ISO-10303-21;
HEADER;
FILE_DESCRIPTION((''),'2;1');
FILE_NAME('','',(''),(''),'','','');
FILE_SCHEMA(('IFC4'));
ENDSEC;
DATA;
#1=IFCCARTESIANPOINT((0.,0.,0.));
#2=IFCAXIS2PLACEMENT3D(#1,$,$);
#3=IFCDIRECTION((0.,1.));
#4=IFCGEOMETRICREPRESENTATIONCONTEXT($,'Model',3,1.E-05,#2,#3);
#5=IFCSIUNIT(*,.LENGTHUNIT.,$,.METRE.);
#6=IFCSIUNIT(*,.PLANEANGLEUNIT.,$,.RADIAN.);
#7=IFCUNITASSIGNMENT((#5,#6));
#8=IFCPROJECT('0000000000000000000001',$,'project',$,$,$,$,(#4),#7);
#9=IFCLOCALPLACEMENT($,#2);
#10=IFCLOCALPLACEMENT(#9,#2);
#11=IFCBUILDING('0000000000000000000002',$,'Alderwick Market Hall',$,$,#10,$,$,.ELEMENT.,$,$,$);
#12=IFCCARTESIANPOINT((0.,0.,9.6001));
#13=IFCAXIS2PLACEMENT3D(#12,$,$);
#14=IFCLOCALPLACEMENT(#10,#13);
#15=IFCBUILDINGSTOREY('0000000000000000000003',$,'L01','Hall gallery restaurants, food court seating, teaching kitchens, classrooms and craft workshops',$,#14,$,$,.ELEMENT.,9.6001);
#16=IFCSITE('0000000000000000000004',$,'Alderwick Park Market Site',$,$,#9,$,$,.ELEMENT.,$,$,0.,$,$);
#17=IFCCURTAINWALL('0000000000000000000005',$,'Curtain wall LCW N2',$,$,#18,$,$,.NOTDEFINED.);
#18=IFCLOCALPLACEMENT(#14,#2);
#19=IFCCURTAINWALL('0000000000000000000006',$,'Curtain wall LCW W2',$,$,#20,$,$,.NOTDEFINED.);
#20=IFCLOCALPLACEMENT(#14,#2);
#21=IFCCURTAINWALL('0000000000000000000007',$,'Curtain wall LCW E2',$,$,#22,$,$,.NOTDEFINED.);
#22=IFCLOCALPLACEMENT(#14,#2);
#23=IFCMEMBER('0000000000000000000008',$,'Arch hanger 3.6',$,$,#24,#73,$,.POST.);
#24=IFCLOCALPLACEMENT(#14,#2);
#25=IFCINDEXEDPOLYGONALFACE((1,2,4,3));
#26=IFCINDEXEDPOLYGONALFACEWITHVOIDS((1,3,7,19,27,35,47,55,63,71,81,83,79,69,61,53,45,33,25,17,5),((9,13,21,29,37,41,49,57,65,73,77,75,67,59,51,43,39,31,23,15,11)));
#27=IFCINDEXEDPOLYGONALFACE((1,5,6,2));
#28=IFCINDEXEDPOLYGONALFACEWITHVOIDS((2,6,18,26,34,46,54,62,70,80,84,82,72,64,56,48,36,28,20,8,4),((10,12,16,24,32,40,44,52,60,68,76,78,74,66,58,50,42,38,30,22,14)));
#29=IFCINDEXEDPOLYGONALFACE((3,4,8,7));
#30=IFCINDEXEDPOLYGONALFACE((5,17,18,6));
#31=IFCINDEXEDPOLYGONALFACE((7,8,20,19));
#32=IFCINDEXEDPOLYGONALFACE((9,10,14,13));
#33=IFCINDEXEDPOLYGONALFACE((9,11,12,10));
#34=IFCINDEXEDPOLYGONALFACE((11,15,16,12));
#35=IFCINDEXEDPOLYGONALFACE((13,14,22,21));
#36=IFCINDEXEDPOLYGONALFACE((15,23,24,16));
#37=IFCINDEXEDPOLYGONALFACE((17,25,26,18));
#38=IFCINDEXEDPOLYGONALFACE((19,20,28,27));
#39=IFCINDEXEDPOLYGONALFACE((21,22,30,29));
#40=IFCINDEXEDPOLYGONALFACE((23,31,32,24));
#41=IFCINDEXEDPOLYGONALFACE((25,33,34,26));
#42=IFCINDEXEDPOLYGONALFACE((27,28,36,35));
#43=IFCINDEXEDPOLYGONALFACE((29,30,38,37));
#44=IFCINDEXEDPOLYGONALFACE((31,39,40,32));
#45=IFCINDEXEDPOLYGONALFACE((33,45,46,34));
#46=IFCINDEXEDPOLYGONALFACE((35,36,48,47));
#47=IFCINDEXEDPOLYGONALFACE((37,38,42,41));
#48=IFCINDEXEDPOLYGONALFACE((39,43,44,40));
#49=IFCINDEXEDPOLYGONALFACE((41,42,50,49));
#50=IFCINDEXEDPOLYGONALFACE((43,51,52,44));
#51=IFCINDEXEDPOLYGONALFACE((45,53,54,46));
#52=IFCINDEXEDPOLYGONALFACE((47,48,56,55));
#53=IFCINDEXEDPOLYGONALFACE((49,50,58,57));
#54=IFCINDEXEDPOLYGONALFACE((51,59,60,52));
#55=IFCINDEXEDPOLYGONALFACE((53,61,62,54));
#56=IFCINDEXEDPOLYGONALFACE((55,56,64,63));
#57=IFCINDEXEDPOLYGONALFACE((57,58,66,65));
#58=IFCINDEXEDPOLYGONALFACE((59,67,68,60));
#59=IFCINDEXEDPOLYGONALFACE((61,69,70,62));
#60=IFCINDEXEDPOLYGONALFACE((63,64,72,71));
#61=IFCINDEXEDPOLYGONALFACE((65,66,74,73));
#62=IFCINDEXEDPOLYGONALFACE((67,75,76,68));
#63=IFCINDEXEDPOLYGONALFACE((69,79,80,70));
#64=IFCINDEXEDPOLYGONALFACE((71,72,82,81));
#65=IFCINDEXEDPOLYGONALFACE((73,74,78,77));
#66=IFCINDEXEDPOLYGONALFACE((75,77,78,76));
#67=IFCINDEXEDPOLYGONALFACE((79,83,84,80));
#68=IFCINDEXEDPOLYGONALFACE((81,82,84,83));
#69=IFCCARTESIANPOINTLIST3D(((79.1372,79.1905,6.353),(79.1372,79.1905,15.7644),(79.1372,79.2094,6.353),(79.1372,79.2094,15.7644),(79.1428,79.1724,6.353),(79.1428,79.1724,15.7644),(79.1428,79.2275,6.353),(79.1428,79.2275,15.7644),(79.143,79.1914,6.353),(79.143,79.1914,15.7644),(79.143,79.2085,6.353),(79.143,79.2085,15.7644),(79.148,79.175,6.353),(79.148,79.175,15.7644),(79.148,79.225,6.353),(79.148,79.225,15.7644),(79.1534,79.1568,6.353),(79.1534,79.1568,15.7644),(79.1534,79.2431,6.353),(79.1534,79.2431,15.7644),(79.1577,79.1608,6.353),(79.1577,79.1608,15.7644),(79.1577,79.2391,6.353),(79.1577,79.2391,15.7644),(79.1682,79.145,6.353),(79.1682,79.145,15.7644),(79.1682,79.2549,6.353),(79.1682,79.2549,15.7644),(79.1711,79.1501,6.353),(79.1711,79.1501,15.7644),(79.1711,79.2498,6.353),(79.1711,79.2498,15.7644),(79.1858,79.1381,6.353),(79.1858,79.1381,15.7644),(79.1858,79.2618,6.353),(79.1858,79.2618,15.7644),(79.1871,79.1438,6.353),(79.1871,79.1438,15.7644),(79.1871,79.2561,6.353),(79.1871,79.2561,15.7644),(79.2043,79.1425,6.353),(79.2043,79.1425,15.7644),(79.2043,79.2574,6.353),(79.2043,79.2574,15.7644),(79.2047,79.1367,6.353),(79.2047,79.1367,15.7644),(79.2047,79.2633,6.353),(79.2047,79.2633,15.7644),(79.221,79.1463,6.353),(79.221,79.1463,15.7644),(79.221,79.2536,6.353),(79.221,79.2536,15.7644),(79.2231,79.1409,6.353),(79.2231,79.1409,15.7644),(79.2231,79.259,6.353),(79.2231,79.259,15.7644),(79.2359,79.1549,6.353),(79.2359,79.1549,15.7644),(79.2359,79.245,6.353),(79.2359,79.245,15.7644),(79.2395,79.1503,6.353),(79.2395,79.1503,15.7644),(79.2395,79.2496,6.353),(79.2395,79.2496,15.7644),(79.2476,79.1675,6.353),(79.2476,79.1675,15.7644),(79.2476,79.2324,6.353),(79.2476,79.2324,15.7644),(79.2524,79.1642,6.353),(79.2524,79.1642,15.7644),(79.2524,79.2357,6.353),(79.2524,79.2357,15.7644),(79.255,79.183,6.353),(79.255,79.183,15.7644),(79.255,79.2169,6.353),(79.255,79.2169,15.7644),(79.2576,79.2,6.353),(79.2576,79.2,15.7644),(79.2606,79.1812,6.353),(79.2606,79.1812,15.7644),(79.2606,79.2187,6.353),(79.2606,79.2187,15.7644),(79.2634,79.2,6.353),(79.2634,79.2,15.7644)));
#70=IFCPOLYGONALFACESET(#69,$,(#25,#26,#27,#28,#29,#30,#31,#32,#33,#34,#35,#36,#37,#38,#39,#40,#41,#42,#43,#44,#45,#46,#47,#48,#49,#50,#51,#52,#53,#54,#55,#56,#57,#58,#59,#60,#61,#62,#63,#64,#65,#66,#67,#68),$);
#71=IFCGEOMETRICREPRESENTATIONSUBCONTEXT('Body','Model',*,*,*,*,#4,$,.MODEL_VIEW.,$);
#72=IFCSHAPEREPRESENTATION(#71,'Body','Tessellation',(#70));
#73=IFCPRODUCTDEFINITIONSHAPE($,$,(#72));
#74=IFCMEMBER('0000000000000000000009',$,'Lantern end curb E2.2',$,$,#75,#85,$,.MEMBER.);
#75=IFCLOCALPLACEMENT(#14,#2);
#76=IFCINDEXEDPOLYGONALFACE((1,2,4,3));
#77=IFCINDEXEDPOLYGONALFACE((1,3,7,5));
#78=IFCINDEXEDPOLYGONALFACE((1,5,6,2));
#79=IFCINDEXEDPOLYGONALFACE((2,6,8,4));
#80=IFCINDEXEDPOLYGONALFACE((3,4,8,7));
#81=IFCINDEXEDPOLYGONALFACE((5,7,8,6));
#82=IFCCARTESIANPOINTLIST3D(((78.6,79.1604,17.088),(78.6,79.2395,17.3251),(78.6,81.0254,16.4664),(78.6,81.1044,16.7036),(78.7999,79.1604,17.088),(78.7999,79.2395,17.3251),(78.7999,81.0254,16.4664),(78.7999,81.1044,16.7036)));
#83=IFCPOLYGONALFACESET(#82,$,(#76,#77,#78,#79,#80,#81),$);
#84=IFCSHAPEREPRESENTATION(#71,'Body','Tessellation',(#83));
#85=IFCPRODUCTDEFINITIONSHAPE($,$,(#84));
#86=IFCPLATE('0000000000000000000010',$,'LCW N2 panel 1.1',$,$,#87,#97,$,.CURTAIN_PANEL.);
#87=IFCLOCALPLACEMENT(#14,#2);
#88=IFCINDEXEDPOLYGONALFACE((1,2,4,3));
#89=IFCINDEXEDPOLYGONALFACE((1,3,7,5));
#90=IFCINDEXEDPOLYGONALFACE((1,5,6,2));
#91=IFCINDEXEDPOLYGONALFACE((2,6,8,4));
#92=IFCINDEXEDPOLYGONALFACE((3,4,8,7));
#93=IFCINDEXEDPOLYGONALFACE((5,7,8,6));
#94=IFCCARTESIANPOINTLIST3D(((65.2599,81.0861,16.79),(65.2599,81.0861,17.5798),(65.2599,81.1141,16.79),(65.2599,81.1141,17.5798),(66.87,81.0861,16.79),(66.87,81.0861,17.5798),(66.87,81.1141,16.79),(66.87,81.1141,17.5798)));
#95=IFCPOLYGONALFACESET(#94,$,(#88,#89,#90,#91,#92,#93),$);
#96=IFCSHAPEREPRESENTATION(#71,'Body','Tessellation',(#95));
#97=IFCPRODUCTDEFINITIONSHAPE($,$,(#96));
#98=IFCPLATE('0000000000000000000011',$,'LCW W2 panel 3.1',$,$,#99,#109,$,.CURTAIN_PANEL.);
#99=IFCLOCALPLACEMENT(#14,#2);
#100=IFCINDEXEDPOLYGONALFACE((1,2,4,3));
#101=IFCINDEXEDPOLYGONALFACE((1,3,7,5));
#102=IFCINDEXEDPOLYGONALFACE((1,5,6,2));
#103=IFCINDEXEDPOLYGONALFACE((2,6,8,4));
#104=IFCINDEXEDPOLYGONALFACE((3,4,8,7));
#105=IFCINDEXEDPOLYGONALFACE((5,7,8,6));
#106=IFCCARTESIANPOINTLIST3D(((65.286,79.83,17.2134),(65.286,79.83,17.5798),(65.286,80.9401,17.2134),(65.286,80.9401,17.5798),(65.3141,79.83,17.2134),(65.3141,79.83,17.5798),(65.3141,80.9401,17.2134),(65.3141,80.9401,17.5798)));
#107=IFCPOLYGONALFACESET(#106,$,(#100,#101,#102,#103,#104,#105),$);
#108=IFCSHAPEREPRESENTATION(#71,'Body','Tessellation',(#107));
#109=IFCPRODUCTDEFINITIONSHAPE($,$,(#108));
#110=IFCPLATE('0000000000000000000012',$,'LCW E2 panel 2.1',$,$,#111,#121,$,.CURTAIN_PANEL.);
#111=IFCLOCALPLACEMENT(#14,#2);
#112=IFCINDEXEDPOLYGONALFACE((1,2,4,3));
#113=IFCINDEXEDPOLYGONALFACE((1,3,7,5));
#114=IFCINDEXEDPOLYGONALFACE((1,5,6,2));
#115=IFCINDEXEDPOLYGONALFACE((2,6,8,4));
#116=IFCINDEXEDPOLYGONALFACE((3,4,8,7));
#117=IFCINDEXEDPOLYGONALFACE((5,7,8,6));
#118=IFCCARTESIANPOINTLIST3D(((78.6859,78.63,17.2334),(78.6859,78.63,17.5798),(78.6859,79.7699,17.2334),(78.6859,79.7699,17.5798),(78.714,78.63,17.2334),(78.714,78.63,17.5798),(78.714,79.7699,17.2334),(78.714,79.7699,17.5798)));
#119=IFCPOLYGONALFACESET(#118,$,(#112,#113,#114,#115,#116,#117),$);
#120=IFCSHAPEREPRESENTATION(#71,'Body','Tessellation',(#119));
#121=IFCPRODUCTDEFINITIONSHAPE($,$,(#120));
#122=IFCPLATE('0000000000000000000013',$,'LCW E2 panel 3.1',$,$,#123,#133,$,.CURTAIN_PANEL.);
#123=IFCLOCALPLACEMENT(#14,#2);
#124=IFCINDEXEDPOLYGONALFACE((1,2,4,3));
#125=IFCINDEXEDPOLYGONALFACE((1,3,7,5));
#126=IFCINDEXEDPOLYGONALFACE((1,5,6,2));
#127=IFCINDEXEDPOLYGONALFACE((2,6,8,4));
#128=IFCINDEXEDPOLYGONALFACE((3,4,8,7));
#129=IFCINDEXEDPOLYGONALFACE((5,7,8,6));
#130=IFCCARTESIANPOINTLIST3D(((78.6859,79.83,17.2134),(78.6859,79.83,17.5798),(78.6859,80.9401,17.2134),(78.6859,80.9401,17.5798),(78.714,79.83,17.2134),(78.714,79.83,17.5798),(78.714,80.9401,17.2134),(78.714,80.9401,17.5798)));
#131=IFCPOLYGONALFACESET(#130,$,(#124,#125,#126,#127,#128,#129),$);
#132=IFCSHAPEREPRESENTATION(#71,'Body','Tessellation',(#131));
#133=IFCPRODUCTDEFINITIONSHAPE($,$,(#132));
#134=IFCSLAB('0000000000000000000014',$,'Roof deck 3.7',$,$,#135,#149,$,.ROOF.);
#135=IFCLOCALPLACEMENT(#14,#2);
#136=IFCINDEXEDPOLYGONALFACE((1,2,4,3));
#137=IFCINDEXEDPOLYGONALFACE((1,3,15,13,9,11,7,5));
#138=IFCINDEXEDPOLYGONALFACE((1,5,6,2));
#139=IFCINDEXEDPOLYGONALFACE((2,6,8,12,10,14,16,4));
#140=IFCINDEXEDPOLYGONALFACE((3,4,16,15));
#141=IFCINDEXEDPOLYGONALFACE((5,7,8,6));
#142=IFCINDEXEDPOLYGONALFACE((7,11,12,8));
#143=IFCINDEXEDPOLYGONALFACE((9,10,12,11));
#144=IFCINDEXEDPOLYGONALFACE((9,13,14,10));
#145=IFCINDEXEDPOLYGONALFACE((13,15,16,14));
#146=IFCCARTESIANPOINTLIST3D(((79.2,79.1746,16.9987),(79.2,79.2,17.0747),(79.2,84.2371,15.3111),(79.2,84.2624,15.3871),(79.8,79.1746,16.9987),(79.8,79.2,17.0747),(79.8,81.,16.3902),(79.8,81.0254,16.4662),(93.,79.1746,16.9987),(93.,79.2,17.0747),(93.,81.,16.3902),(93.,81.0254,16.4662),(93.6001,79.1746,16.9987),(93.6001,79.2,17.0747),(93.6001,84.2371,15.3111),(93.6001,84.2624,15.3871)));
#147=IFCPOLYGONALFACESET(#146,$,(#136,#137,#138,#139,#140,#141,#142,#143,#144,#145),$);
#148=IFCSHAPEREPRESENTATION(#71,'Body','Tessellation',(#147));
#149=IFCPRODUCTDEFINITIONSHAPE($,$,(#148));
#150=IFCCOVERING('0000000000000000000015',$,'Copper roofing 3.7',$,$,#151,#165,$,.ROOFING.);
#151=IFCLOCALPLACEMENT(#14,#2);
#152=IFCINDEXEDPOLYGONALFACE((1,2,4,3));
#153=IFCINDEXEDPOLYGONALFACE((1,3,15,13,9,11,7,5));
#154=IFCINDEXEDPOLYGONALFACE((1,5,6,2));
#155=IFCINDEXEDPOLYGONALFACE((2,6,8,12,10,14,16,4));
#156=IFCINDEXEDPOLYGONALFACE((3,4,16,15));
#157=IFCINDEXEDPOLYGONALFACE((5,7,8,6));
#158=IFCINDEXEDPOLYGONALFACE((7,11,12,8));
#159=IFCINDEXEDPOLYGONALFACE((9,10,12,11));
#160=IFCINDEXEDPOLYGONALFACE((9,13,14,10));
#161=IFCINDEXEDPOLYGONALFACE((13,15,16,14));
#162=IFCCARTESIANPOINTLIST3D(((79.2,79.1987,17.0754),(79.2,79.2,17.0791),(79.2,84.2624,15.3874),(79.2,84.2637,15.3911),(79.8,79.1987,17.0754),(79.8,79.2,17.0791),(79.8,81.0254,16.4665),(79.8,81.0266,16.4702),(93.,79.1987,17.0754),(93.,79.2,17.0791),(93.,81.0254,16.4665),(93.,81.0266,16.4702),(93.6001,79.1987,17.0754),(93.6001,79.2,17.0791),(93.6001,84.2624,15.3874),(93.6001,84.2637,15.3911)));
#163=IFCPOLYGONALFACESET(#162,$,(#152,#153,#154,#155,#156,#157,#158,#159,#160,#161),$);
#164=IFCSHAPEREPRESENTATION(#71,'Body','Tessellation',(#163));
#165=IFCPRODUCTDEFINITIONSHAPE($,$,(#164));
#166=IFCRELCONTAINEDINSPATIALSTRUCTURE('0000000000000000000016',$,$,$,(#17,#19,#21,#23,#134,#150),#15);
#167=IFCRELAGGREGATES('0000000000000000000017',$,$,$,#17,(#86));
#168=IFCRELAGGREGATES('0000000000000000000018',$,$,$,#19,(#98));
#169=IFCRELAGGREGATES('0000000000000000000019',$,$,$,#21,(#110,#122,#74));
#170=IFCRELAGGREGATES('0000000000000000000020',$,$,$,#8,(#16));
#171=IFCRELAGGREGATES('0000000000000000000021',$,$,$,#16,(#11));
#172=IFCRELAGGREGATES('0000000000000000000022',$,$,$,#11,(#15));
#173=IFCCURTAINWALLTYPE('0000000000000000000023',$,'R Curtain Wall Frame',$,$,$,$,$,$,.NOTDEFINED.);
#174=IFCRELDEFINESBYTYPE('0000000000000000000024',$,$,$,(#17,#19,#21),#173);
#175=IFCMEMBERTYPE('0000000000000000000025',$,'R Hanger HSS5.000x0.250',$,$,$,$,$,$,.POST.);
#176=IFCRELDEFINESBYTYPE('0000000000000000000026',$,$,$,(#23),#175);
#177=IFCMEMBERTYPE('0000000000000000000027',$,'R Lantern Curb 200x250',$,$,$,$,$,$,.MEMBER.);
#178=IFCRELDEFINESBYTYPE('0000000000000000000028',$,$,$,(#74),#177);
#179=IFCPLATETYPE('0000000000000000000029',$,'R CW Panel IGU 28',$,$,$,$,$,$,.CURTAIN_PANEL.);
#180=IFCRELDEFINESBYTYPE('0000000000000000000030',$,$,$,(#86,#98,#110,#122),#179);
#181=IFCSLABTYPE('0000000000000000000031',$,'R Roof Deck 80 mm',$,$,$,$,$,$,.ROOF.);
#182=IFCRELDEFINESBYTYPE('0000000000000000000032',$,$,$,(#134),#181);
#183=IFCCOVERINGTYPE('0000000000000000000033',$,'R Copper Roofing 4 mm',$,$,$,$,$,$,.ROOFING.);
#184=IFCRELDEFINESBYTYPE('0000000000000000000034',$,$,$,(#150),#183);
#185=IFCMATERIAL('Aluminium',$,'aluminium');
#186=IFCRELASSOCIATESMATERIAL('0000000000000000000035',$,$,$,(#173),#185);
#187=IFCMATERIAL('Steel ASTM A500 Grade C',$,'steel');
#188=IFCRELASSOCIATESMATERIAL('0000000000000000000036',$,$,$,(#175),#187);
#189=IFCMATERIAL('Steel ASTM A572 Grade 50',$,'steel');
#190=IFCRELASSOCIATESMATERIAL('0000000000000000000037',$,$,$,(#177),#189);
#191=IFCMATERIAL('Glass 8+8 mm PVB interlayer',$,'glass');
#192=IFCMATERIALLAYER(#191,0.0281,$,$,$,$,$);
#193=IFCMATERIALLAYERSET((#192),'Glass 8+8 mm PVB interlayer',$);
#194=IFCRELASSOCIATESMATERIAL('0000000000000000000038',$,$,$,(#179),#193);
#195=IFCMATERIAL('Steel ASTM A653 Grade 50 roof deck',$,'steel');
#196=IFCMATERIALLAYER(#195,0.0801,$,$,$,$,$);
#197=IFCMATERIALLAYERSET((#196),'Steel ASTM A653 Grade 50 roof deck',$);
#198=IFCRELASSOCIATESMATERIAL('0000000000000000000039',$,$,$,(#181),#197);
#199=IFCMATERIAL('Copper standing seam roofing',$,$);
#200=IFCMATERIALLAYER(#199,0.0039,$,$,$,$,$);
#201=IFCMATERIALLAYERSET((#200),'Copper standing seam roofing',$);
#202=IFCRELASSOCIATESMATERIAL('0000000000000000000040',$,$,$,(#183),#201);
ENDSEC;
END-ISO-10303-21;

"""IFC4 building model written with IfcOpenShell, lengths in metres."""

from ifc_helpers import new_model, si_unit, direction, frame, origin, origin_2d, place, context, subcontext, project, spatial, polyline, rectangle, hollow_circle, outline, extrude, material, layer, layer_set, material_profile, profile_set, type_object, element, aggregate, save


model = new_model("IFC4")

# Units and contexts
model_context = context("Model", 3, precision=1e-05, world=origin(), true_north=direction((0.0, 1.0)))
body_context = subcontext(model_context, "Body", "Model", "MODEL_VIEW")
ifc_project = project(units=[si_unit("LENGTHUNIT", "METRE"), si_unit("PLANEANGLEUNIT", "RADIAN")], contexts=[model_context])

# Site, building, storey
site_placement = place(None, origin())
site = spatial("IfcSite", under=ifc_project, at=site_placement, Name="Alderwick Park Market Site", CompositionType="ELEMENT", RefElevation=0.0)
building_placement = place(site_placement, origin())
building = spatial("IfcBuilding", under=site, at=building_placement, Name="Alderwick Market Hall", CompositionType="ELEMENT")
storey_placement = place(building_placement, frame((0.0, 0.0, 9.6001)))
storey = spatial("IfcBuildingStorey", under=building, at=storey_placement, Name="L01", Description="Hall gallery restaurants, food court seating, teaching kitchens, classrooms and craft workshops", CompositionType="ELEMENT", Elevation=9.6001)

# Curtain walls
ifc_material_1 = material(Name="Aluminium", Category="aluminium")
curtain_wall_type = type_object("IfcCurtainWallType", Name="R Curtain Wall Frame", PredefinedType="NOTDEFINED", material=ifc_material_1)
curtain_wall_1_placement = place(storey_placement, origin())
curtain_wall_1 = element("IfcCurtainWall", 1, at=curtain_wall_1_placement, inside=storey, type_object=curtain_wall_type, Name="Curtain wall LCW N2", PredefinedType="NOTDEFINED")
curtain_wall_2_placement = place(storey_placement, origin())
curtain_wall_2 = element("IfcCurtainWall", 2, at=curtain_wall_2_placement, inside=storey, type_object=curtain_wall_type, Name="Curtain wall LCW W2", PredefinedType="NOTDEFINED")

# Curtain wall
curtain_wall_3_placement = place(storey_placement, origin())
curtain_wall_3 = element("IfcCurtainWall", 3, at=curtain_wall_3_placement, inside=storey, type_object=curtain_wall_type, Name="Curtain wall LCW E2", PredefinedType="NOTDEFINED")

# Member
ifc_material_2 = material(Name="Steel ASTM A500 Grade C", Category="steel")
ifc_material_profile_1 = material_profile(ifc_material_2, hollow_circle(Radius=0.0635, WallThickness=0.0059, at=origin_2d()), Name="HSS5.000x0.250")
ifc_profile_set_1 = profile_set([ifc_material_profile_1], Name="Steel ASTM A500 Grade C")
member_type_1 = type_object("IfcMemberType", Name="R Hanger HSS5.000x0.250", PredefinedType="POST", material=ifc_profile_set_1)
member_1_placement = place(storey_placement, frame((79.2, 79.2, 6.353), z_axis=(0.0, 0.0, 1.0), x_axis=(1.0, 0.0, 0.0)))
element("IfcMember", 4, at=member_1_placement, inside=storey, type_object=member_type_1, Name="Arch hanger 3.6", PredefinedType="POST", context=body_context, shape_type="SweptSolid", body=[
    extrude(hollow_circle(Radius=0.0635, WallThickness=0.0059, at=origin_2d()), origin(), (0.0, 0.0, 1.0), 9.4114),
])

# Member
ifc_material_3 = material(Name="Steel ASTM A572 Grade 50", Category="steel")
ifc_material_profile_2 = material_profile(ifc_material_3, rectangle(XDim=0.2, YDim=0.25, at=origin_2d()), Name="Steel plate curb 200x250")
ifc_profile_set_2 = profile_set([ifc_material_profile_2], Name="Steel ASTM A572 Grade 50")
member_type_2 = type_object("IfcMemberType", Name="R Lantern Curb 200x250", PredefinedType="MEMBER", material=ifc_profile_set_2)
member_2_placement = place(storey_placement, frame((78.7, 79.2, 17.2065), z_axis=(0.0, 0.948696, -0.316191), x_axis=(-1.0, 0.0, 0.0)))
member_2 = element("IfcMember", 5, at=member_2_placement, type_object=member_type_2, Name="Lantern end curb E2.2", PredefinedType="MEMBER", context=body_context, shape_type="SweptSolid", body=[
    extrude(rectangle(XDim=0.2, YDim=0.25, at=origin_2d()), origin(), (0.0, 0.0, 1.0), 1.9658),
])

# Plates
ifc_material_4 = material(Name="Glass 8+8 mm PVB interlayer", Category="glass")
ifc_layer_1 = layer(ifc_material_4, 0.0281)
ifc_layer_set_1 = layer_set([ifc_layer_1], Name="Glass 8+8 mm PVB interlayer")
plate_type = type_object("IfcPlateType", Name="R CW Panel IGU 28", PredefinedType="CURTAIN_PANEL", material=ifc_layer_set_1)
plate_1_placement = place(storey_placement, frame((66.0649, 81.1001, 16.79), z_axis=(0.0, 0.0, 1.0), x_axis=(1.0, 0.0, 0.0)))
plate_1 = element("IfcPlate", 6, at=plate_1_placement, type_object=plate_type, Name="LCW N2 panel 1.1", PredefinedType="CURTAIN_PANEL", context=body_context, shape_type="SweptSolid", body=[
    extrude(rectangle(XDim=1.6101, YDim=0.0281, at=origin_2d()), origin(), (0.0, 0.0, 1.0), 0.7898),
])
aggregate(curtain_wall_1, [plate_1])
plate_2_placement = place(storey_placement, frame((65.3, 80.385, 17.2134), z_axis=(0.0, 0.0, 1.0), x_axis=(1.0, 0.0, 0.0)))
plate_2 = element("IfcPlate", 7, at=plate_2_placement, type_object=plate_type, Name="LCW W2 panel 3.1", PredefinedType="CURTAIN_PANEL", context=body_context, shape_type="SweptSolid", body=[
    extrude(rectangle(XDim=0.0281, YDim=1.1101, at=origin_2d()), origin(), (0.0, 0.0, 1.0), 0.3665),
])
aggregate(curtain_wall_2, [plate_2])
plate_3_placement = place(storey_placement, frame((78.7, 79.2, 17.2334), z_axis=(0.0, 0.0, 1.0), x_axis=(1.0, 0.0, 0.0)))
plate_3 = element("IfcPlate", 8, at=plate_3_placement, type_object=plate_type, Name="LCW E2 panel 2.1", PredefinedType="CURTAIN_PANEL", context=body_context, shape_type="SweptSolid", body=[
    extrude(rectangle(XDim=0.0281, YDim=1.1399, at=origin_2d()), origin(), (0.0, 0.0, 1.0), 0.3464),
])
plate_4_placement = place(storey_placement, frame((78.7, 80.385, 17.2134), z_axis=(0.0, 0.0, 1.0), x_axis=(1.0, 0.0, 0.0)))
plate_4 = element("IfcPlate", 9, at=plate_4_placement, type_object=plate_type, Name="LCW E2 panel 3.1", PredefinedType="CURTAIN_PANEL", context=body_context, shape_type="SweptSolid", body=[
    extrude(rectangle(XDim=0.0281, YDim=1.1101, at=origin_2d()), origin(), (0.0, 0.0, 1.0), 0.3665),
])
aggregate(curtain_wall_3, [plate_3, plate_4, member_2])

# Slab
ifc_material_5 = material(Name="Steel ASTM A653 Grade 50 roof deck", Category="steel")
ifc_layer_2 = layer(ifc_material_5, 0.0801)
ifc_layer_set_2 = layer_set([ifc_layer_2], Name="Steel ASTM A653 Grade 50 roof deck")
slab_type = type_object("IfcSlabType", Name="R Roof Deck 80 mm", PredefinedType="ROOF", material=ifc_layer_set_2)
slab_placement = place(storey_placement, frame((79.2, 79.2, 17.0747), z_axis=(0.0, 0.316247, 0.948677), x_axis=(1.0, 0.0, 0.0)))
element("IfcSlab", 10, at=slab_placement, inside=storey, type_object=slab_type, Name="Roof deck 3.7", PredefinedType="ROOF", context=body_context, shape_type="SweptSolid", body=[
    extrude(outline(polyline([(0.0, 0.0), (0.6001, 0.0), (0.6001, 1.9242), (13.8, 1.9242), (13.8, 0.0), (14.4001, 0.0), (14.4001, 5.3363), (0.0, 5.3363), (0.0, 0.0)])), origin(), (0.0, 0.0, -1.0), 0.0801),
])

# Covering
ifc_material_6 = material(Name="Copper standing seam roofing")
ifc_layer_3 = layer(ifc_material_6, 0.0039)
ifc_layer_set_3 = layer_set([ifc_layer_3], Name="Copper standing seam roofing")
covering_type = type_object("IfcCoveringType", Name="R Copper Roofing 4 mm", PredefinedType="ROOFING", material=ifc_layer_set_3)
covering_placement = place(storey_placement, frame((79.2, 79.2, 17.0791), z_axis=(0.0, 0.316248, 0.948676), x_axis=(1.0, 0.0, 0.0)))
element("IfcCovering", 11, at=covering_placement, inside=storey, type_object=covering_type, Name="Copper roofing 3.7", PredefinedType="ROOFING", context=body_context, shape_type="SweptSolid", body=[
    extrude(outline(polyline([(0.0, 0.0), (0.6001, 0.0), (0.6001, 1.9255), (13.8, 1.9255), (13.8, 0.0), (14.4001, 0.0), (14.4001, 5.3377), (0.0, 5.3377), (0.0, 0.0)])), origin(), (0.0, 0.0, -1.0), 0.0039),
])

save(model, "model.ifc")
